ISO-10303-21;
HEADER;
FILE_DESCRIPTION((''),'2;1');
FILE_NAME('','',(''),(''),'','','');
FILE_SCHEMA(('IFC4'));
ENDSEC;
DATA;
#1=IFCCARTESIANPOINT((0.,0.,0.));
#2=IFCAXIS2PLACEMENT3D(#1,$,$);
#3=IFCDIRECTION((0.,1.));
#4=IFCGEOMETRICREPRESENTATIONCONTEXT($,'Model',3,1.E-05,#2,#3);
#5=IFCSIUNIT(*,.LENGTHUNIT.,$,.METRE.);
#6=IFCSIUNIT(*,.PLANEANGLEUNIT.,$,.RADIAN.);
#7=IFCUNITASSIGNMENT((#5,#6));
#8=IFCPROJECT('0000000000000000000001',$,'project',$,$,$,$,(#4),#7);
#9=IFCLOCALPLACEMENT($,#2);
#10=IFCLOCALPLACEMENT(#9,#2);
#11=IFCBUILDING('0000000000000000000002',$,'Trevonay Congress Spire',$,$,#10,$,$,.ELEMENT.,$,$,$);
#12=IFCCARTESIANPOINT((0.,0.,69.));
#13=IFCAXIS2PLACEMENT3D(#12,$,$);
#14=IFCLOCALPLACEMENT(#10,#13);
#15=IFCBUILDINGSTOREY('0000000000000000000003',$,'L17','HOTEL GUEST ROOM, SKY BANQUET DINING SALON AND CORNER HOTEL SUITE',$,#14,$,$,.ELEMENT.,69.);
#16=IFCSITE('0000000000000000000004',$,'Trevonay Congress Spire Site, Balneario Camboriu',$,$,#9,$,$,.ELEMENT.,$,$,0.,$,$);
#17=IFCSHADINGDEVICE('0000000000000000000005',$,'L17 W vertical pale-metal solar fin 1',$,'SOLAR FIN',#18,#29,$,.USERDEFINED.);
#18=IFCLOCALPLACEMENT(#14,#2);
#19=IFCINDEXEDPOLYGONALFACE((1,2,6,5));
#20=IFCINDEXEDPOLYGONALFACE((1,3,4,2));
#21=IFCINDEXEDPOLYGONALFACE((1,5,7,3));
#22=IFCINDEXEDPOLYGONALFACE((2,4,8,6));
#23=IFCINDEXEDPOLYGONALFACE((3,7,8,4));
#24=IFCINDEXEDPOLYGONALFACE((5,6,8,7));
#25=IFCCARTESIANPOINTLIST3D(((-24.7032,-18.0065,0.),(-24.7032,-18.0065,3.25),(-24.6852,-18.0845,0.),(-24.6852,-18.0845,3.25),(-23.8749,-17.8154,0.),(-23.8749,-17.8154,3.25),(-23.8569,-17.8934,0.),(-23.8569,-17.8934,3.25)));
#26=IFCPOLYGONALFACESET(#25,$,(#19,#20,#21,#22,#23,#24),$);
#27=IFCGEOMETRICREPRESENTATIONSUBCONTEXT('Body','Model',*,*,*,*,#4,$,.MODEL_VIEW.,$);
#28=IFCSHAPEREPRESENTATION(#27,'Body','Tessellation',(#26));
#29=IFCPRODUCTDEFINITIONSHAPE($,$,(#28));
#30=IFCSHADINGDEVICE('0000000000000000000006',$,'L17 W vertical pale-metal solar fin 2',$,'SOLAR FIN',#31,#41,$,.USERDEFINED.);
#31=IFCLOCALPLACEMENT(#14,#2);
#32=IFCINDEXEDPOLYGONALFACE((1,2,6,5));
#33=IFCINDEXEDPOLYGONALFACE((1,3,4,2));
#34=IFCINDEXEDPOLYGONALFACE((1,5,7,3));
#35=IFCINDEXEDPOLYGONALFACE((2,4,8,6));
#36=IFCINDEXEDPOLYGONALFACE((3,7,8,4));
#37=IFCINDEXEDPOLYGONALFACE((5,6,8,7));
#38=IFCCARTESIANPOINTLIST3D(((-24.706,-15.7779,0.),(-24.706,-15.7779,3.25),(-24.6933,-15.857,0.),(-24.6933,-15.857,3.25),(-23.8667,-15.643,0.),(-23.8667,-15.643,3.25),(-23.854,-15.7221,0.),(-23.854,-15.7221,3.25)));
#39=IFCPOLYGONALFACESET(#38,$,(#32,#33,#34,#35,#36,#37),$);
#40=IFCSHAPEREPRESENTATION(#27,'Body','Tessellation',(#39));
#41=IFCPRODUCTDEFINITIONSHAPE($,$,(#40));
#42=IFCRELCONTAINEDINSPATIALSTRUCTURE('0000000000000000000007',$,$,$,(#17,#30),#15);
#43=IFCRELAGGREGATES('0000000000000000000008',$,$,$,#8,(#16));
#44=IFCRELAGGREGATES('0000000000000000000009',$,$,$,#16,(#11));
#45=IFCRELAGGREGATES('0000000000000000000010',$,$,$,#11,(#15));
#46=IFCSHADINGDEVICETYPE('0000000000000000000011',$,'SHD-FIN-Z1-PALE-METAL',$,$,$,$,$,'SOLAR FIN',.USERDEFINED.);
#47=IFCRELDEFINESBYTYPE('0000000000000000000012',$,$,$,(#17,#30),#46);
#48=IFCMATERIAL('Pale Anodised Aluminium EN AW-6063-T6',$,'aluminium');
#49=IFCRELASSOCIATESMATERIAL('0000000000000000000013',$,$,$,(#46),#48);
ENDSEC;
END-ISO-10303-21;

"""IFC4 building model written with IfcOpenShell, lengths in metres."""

from ifc_helpers import new_model, si_unit, direction, frame, origin, origin_2d, place, context, subcontext, project, spatial, rectangle, extrude, material, type_object, element, save


model = new_model("IFC4")

# Units and contexts
model_context = context("Model", 3, precision=1e-05, world=origin(), true_north=direction((0.0, 1.0)))
body_context = subcontext(model_context, "Body", "Model", "MODEL_VIEW")
ifc_project = project(units=[si_unit("LENGTHUNIT", "METRE"), si_unit("PLANEANGLEUNIT", "RADIAN")], contexts=[model_context])

# Site, building, storey
site_placement = place(None, origin())
site = spatial("IfcSite", under=ifc_project, at=site_placement, Name="Trevonay Congress Spire Site, Balneario Camboriu", CompositionType="ELEMENT", RefElevation=0.0)
building_placement = place(site_placement, origin())
building = spatial("IfcBuilding", under=site, at=building_placement, Name="Trevonay Congress Spire", CompositionType="ELEMENT")
storey_placement = place(building_placement, frame((0.0, 0.0, 69.0)))
storey = spatial("IfcBuildingStorey", under=building, at=storey_placement, Name="L17", Description="HOTEL GUEST ROOM, SKY BANQUET DINING SALON AND CORNER HOTEL SUITE", CompositionType="ELEMENT", Elevation=69.0)

# Shared definitions
ifc_material_1 = material(Name="Pale Anodised Aluminium EN AW-6063-T6", Category="aluminium")

# Shading devices
shading_device_type = type_object("IfcShadingDeviceType", Name="SHD-FIN-Z1-PALE-METAL", ElementType="SOLAR FIN", PredefinedType="USERDEFINED", material=ifc_material_1)
for number, where, z_axis, x_axis, name in (
    (1, (-24.28, -17.95, 0.0), (0.0, 0.0, 1.0), (-0.224781, 0.974409, 0.0), "L17 W vertical pale-metal solar fin 1"),
    (2, (-24.28, -15.75, 0.0), (0.0, 0.0, 1.0), (-0.158675, 0.987331, 0.0), "L17 W vertical pale-metal solar fin 2"),
):
    element("IfcShadingDevice", number, at=place(storey_placement, frame(where, z_axis=z_axis, x_axis=x_axis)), inside=storey, type_object=shading_device_type, Name=name, ObjectType="SOLAR FIN", PredefinedType="USERDEFINED", context=body_context, shape_type="SweptSolid", body=[
        extrude(rectangle(XDim=0.0801, YDim=0.8501, at=origin_2d()), origin(), (0.0, 0.0, 1.0), 3.25),
    ])

save(model, "model.ifc")
